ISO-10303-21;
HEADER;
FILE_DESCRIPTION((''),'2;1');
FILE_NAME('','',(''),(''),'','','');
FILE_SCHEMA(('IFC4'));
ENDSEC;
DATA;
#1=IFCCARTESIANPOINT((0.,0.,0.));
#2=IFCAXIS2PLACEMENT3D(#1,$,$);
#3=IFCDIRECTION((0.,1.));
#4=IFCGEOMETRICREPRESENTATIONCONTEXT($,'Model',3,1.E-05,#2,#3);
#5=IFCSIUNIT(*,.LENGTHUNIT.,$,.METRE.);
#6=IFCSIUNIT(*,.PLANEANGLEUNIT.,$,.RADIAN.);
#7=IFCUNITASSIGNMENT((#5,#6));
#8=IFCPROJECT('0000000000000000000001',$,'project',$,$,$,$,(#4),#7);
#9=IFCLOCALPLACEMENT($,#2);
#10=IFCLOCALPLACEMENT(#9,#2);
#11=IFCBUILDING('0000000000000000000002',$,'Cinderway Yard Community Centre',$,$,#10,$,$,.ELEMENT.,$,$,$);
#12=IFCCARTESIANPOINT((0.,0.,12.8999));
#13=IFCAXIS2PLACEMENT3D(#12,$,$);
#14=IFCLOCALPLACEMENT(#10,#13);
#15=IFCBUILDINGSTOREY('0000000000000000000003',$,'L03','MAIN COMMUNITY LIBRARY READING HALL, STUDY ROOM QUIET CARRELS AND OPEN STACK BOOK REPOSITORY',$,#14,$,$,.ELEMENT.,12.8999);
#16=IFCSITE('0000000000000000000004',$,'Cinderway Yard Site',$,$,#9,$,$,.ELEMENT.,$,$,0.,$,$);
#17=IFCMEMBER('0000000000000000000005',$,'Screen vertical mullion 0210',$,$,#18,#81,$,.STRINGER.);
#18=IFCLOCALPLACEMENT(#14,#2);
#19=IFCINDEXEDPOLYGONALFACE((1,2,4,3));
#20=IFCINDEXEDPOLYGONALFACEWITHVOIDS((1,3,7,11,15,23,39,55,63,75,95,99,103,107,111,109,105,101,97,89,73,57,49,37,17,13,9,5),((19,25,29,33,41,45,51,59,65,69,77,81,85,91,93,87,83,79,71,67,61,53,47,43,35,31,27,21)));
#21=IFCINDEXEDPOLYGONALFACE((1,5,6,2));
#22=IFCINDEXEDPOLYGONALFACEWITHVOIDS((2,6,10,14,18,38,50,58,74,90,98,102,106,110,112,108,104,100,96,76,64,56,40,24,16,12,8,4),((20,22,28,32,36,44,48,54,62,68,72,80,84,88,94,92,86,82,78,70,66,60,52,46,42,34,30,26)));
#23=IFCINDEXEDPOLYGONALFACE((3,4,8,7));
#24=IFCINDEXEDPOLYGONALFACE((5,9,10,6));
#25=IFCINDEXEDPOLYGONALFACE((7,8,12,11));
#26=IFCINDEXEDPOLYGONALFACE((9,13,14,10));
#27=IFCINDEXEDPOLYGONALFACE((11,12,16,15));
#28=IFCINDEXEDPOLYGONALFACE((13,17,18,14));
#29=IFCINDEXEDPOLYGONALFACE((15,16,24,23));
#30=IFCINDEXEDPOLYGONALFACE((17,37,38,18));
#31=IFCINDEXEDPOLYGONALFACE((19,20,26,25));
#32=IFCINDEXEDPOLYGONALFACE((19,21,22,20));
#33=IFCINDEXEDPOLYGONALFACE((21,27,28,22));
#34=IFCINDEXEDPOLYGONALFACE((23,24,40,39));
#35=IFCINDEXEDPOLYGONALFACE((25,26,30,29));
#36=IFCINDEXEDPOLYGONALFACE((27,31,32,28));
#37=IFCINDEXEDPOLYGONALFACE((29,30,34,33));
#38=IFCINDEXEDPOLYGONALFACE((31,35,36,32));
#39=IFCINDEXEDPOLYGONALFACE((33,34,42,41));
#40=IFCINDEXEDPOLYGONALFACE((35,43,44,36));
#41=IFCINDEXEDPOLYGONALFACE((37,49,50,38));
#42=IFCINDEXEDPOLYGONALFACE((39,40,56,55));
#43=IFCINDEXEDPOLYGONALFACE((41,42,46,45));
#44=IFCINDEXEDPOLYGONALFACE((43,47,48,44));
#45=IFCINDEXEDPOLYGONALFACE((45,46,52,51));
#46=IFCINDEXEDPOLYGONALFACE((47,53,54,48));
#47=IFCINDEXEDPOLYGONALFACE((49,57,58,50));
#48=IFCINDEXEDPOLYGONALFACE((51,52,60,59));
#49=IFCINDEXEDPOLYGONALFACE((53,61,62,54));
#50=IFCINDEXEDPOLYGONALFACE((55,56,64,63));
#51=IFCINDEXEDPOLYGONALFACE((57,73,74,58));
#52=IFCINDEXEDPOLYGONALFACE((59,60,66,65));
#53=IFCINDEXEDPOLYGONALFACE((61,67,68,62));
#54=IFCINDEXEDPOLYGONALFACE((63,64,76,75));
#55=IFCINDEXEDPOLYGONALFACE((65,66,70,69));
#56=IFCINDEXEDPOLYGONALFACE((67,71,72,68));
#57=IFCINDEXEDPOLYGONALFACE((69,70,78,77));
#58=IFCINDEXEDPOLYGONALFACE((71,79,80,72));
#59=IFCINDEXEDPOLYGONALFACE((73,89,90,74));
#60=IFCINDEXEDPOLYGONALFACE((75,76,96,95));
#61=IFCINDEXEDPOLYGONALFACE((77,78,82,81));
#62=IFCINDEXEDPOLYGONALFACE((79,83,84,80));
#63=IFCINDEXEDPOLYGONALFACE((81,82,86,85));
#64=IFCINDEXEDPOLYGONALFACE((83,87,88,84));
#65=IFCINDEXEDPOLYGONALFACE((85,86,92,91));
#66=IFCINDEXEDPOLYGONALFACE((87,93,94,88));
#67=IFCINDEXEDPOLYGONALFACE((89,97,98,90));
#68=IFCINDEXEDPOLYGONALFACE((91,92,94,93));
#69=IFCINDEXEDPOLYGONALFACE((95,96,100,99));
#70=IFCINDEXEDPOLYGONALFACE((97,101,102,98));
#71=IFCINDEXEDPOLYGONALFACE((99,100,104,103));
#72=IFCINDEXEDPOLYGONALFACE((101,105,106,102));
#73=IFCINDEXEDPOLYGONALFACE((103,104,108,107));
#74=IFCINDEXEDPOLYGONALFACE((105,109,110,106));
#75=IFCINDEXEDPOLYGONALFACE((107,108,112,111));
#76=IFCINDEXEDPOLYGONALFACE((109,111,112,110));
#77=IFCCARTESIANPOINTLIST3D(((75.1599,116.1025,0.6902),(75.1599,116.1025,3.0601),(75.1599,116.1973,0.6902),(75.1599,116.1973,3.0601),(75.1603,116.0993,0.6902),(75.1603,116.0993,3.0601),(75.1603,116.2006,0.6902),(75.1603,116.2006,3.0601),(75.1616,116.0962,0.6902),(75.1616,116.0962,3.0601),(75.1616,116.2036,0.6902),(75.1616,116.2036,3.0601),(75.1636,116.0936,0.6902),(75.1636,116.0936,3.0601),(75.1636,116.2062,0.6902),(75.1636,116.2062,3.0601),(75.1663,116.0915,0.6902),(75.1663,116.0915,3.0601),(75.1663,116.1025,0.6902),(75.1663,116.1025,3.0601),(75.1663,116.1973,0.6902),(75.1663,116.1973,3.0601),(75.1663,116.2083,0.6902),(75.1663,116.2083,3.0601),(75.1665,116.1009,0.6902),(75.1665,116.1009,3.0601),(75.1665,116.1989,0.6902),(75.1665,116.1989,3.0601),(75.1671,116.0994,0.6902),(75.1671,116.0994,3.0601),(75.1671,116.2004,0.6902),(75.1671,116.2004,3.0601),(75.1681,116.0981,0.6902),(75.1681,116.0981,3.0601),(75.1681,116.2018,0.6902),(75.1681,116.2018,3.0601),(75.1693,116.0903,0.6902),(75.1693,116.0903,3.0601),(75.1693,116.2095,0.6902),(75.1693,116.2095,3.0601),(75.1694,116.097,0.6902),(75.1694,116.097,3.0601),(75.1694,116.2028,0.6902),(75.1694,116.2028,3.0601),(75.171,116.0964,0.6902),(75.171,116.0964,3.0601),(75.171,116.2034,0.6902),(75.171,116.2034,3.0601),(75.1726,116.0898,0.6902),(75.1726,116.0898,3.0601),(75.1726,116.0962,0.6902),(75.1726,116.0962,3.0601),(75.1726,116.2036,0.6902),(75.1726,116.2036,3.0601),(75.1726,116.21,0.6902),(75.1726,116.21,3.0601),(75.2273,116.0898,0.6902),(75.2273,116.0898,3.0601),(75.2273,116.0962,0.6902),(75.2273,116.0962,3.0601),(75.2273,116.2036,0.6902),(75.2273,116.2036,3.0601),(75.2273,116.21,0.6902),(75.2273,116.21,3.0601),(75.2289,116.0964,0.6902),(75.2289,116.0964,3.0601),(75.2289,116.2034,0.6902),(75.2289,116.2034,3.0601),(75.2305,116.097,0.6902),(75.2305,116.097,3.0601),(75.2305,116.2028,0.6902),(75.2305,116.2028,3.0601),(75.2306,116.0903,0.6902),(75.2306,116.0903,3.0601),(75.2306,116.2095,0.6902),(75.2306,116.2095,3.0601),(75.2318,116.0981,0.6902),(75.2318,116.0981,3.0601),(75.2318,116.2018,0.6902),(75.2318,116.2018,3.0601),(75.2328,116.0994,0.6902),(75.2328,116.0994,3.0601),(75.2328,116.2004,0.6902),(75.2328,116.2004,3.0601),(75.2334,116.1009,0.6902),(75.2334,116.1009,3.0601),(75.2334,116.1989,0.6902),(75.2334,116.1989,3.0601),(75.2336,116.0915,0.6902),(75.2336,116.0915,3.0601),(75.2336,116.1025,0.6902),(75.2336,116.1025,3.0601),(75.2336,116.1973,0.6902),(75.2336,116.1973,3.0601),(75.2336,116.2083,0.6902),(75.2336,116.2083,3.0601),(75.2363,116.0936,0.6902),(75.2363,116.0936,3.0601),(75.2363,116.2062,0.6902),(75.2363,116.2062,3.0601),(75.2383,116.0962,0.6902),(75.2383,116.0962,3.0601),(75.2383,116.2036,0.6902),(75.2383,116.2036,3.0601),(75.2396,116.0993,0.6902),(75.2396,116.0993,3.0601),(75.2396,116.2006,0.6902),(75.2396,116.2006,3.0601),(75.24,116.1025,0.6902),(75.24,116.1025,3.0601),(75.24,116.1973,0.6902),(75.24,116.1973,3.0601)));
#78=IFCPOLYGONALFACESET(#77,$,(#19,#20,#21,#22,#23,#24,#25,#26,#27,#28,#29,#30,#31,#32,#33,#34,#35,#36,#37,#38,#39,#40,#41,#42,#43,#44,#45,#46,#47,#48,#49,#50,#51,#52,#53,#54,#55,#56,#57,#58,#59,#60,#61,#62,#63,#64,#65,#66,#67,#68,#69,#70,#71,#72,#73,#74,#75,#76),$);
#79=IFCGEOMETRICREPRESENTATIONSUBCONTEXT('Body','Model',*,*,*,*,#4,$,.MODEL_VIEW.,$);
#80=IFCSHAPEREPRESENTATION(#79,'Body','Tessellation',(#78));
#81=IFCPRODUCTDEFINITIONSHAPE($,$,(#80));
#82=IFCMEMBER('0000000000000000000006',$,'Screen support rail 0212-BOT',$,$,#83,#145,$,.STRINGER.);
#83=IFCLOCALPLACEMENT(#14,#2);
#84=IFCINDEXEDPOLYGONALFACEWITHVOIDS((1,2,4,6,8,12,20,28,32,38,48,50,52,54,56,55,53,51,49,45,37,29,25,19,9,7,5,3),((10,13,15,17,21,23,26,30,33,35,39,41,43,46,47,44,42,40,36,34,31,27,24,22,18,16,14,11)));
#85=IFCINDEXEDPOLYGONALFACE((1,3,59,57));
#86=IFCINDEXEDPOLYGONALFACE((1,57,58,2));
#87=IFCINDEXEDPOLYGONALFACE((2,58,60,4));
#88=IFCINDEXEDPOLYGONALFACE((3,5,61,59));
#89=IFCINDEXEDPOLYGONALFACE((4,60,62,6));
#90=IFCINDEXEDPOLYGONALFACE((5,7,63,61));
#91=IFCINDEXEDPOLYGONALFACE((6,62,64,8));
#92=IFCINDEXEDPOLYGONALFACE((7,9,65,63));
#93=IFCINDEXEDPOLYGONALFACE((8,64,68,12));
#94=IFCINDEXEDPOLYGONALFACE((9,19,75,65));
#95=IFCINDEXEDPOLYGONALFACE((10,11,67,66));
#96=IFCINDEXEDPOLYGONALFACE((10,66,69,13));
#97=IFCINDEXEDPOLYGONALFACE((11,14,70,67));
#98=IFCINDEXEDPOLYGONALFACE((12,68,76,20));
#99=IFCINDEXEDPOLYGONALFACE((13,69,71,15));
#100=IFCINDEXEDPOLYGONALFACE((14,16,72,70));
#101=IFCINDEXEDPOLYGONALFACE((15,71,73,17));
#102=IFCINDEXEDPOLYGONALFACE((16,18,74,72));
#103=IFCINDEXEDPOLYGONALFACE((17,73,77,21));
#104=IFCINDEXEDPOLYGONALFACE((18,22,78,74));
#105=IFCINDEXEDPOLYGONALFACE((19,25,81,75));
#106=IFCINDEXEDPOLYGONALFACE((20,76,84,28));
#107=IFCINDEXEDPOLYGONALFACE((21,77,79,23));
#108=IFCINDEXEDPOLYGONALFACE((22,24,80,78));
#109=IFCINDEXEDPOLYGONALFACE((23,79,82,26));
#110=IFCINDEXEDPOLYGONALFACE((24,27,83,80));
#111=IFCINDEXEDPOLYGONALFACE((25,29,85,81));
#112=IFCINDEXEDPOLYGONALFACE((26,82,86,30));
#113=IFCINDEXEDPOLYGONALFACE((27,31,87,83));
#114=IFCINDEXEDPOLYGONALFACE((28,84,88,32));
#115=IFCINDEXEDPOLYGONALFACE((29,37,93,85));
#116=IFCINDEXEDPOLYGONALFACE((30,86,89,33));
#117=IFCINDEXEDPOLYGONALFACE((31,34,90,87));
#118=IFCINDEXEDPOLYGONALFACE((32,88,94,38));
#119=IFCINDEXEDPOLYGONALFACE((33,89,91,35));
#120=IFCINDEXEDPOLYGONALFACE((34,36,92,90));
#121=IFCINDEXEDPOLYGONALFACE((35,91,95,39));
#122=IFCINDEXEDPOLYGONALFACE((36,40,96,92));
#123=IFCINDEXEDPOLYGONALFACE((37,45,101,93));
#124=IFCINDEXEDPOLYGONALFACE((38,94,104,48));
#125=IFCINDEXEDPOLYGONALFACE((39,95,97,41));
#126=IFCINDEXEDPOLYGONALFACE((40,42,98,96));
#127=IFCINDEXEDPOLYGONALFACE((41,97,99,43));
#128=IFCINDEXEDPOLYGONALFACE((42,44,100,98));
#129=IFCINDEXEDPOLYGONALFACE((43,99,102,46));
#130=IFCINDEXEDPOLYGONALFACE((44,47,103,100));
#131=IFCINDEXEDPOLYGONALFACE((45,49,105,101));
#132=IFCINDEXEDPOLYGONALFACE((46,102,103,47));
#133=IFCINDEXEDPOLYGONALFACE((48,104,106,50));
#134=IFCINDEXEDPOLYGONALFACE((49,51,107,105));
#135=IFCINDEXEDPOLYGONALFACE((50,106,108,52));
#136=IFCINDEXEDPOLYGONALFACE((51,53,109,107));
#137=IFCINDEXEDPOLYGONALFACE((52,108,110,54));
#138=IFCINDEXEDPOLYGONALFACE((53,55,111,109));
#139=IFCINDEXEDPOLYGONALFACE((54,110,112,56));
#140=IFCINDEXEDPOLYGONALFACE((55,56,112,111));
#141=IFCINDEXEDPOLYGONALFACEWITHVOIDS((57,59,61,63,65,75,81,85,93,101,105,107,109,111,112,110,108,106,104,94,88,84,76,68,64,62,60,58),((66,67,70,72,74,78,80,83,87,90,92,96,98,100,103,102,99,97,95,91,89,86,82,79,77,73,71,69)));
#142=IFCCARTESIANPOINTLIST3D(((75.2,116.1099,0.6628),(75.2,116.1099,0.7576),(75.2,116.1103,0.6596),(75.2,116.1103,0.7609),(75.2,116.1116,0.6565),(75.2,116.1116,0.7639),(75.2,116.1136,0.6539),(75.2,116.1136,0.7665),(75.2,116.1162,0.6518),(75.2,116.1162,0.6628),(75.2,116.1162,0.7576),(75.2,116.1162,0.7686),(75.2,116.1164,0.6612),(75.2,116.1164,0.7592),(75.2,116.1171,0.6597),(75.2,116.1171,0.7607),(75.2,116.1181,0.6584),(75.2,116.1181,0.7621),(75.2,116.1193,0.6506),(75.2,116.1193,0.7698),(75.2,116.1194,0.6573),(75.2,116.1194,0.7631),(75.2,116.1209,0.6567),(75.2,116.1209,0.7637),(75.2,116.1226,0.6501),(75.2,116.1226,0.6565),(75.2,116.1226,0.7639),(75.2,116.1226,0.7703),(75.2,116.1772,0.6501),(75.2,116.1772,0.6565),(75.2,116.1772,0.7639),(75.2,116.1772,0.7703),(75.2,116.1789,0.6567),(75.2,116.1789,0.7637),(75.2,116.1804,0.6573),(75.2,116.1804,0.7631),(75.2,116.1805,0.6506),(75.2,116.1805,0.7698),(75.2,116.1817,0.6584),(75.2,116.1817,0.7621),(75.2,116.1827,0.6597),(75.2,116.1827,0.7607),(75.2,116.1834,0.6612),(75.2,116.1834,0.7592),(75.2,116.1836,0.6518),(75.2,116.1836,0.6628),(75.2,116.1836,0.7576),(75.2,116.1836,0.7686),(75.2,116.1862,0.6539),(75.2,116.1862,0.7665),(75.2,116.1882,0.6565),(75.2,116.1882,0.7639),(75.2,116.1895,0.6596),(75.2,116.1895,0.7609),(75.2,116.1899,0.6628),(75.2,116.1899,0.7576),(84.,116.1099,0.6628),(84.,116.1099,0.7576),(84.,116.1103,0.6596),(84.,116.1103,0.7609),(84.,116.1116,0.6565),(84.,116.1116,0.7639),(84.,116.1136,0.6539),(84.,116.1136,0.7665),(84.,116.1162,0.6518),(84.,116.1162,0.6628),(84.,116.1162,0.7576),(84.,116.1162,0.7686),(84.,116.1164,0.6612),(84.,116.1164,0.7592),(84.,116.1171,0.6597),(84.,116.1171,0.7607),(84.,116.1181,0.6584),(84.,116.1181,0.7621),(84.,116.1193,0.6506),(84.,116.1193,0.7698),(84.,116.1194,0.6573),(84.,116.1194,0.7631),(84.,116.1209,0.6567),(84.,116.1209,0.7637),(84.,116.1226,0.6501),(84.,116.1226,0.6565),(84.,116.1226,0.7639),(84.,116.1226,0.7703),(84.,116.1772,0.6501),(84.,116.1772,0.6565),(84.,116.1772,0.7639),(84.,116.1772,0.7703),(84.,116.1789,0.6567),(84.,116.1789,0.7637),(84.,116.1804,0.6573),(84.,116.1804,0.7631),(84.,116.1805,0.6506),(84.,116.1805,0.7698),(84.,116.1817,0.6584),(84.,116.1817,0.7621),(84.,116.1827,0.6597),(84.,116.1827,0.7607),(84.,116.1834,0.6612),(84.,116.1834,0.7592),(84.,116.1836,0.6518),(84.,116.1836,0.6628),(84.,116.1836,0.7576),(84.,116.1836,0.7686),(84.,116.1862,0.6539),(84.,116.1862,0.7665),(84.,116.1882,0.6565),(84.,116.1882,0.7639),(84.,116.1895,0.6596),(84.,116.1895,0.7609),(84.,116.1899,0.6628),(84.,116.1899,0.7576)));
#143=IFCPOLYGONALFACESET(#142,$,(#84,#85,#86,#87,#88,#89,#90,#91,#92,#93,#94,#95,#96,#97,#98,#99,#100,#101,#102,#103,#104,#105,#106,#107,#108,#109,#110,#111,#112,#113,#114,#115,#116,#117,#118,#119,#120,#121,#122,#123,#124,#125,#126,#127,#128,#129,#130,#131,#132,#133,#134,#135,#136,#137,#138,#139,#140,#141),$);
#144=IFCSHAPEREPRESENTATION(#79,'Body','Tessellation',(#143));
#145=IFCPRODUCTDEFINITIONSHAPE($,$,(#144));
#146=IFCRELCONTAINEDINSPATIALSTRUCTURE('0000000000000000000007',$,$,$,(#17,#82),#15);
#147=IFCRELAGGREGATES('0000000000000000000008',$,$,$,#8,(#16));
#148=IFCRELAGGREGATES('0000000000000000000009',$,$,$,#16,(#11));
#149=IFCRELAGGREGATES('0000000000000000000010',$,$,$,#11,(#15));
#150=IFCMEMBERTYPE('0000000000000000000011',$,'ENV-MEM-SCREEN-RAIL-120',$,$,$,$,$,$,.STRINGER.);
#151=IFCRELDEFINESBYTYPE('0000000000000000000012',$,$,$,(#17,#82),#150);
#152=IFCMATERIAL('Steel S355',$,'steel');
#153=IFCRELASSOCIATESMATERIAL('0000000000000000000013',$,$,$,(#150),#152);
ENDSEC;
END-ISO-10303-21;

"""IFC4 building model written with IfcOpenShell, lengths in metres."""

from ifc_helpers import new_model, si_unit, direction, frame, origin, origin_2d, place, context, subcontext, project, spatial, hollow_rectangle, extrude, material, material_profile, profile_set, type_object, element, save


model = new_model("IFC4")

# Units and contexts
model_context = context("Model", 3, precision=1e-05, world=origin(), true_north=direction((0.0, 1.0)))
body_context = subcontext(model_context, "Body", "Model", "MODEL_VIEW")
ifc_project = project(units=[si_unit("LENGTHUNIT", "METRE"), si_unit("PLANEANGLEUNIT", "RADIAN")], contexts=[model_context])

# Site, building, storey
site_placement = place(None, origin())
site = spatial("IfcSite", under=ifc_project, at=site_placement, Name="Cinderway Yard Site", CompositionType="ELEMENT", RefElevation=0.0)
building_placement = place(site_placement, origin())
building = spatial("IfcBuilding", under=site, at=building_placement, Name="Cinderway Yard Community Centre", CompositionType="ELEMENT")
storey_placement = place(building_placement, frame((0.0, 0.0, 12.8999)))
storey = spatial("IfcBuildingStorey", under=building, at=storey_placement, Name="L03", Description="MAIN COMMUNITY LIBRARY READING HALL, STUDY ROOM QUIET CARRELS AND OPEN STACK BOOK REPOSITORY", CompositionType="ELEMENT", Elevation=12.8999)

# Members
ifc_material_1 = material(Name="Steel S355", Category="steel")
ifc_material_profile = material_profile(ifc_material_1, hollow_rectangle(XDim=0.0801, YDim=0.1201, WallThickness=0.0063, InnerFilletRadius=0.0063, OuterFilletRadius=0.0127, at=origin_2d()), Name="Steel S355")
ifc_profile_set = profile_set([ifc_material_profile], Name="Steel S355")
member_type = type_object("IfcMemberType", Name="ENV-MEM-SCREEN-RAIL-120", PredefinedType="STRINGER", material=ifc_profile_set)
member_placement = place(storey_placement, frame((75.2, 116.1499, 0.6902), z_axis=(0.0, 0.0, 1.0), x_axis=(1.0, 0.0, 0.0)))
element("IfcMember", 1, at=member_placement, inside=storey, type_object=member_type, Name="Screen vertical mullion 0210", PredefinedType="STRINGER", context=body_context, shape_type="SweptSolid", body=[
    extrude(hollow_rectangle(XDim=0.0801, YDim=0.1201, WallThickness=0.0063, InnerFilletRadius=0.0063, OuterFilletRadius=0.0127, at=origin_2d()), origin(), (0.0, 0.0, 1.0), 2.3699),
])
for number, where, z_axis, x_axis, name in (
    (2, (75.2, 116.1499, 0.7102), (1.0, 0.0, 0.0), (0.0, 1.0, 0.0), "Screen support rail 0212-BOT"),
):
    element("IfcMember", number, at=place(storey_placement, frame(where, z_axis=z_axis, x_axis=x_axis)), inside=storey, type_object=member_type, Name=name, PredefinedType="STRINGER", context=body_context, shape_type="SweptSolid", body=[
        extrude(hollow_rectangle(XDim=0.0801, YDim=0.1201, WallThickness=0.0063, InnerFilletRadius=0.0063, OuterFilletRadius=0.0127, at=origin_2d()), origin(), (0.0, 0.0, 1.0), 8.8),
    ])

save(model, "model.ifc")
